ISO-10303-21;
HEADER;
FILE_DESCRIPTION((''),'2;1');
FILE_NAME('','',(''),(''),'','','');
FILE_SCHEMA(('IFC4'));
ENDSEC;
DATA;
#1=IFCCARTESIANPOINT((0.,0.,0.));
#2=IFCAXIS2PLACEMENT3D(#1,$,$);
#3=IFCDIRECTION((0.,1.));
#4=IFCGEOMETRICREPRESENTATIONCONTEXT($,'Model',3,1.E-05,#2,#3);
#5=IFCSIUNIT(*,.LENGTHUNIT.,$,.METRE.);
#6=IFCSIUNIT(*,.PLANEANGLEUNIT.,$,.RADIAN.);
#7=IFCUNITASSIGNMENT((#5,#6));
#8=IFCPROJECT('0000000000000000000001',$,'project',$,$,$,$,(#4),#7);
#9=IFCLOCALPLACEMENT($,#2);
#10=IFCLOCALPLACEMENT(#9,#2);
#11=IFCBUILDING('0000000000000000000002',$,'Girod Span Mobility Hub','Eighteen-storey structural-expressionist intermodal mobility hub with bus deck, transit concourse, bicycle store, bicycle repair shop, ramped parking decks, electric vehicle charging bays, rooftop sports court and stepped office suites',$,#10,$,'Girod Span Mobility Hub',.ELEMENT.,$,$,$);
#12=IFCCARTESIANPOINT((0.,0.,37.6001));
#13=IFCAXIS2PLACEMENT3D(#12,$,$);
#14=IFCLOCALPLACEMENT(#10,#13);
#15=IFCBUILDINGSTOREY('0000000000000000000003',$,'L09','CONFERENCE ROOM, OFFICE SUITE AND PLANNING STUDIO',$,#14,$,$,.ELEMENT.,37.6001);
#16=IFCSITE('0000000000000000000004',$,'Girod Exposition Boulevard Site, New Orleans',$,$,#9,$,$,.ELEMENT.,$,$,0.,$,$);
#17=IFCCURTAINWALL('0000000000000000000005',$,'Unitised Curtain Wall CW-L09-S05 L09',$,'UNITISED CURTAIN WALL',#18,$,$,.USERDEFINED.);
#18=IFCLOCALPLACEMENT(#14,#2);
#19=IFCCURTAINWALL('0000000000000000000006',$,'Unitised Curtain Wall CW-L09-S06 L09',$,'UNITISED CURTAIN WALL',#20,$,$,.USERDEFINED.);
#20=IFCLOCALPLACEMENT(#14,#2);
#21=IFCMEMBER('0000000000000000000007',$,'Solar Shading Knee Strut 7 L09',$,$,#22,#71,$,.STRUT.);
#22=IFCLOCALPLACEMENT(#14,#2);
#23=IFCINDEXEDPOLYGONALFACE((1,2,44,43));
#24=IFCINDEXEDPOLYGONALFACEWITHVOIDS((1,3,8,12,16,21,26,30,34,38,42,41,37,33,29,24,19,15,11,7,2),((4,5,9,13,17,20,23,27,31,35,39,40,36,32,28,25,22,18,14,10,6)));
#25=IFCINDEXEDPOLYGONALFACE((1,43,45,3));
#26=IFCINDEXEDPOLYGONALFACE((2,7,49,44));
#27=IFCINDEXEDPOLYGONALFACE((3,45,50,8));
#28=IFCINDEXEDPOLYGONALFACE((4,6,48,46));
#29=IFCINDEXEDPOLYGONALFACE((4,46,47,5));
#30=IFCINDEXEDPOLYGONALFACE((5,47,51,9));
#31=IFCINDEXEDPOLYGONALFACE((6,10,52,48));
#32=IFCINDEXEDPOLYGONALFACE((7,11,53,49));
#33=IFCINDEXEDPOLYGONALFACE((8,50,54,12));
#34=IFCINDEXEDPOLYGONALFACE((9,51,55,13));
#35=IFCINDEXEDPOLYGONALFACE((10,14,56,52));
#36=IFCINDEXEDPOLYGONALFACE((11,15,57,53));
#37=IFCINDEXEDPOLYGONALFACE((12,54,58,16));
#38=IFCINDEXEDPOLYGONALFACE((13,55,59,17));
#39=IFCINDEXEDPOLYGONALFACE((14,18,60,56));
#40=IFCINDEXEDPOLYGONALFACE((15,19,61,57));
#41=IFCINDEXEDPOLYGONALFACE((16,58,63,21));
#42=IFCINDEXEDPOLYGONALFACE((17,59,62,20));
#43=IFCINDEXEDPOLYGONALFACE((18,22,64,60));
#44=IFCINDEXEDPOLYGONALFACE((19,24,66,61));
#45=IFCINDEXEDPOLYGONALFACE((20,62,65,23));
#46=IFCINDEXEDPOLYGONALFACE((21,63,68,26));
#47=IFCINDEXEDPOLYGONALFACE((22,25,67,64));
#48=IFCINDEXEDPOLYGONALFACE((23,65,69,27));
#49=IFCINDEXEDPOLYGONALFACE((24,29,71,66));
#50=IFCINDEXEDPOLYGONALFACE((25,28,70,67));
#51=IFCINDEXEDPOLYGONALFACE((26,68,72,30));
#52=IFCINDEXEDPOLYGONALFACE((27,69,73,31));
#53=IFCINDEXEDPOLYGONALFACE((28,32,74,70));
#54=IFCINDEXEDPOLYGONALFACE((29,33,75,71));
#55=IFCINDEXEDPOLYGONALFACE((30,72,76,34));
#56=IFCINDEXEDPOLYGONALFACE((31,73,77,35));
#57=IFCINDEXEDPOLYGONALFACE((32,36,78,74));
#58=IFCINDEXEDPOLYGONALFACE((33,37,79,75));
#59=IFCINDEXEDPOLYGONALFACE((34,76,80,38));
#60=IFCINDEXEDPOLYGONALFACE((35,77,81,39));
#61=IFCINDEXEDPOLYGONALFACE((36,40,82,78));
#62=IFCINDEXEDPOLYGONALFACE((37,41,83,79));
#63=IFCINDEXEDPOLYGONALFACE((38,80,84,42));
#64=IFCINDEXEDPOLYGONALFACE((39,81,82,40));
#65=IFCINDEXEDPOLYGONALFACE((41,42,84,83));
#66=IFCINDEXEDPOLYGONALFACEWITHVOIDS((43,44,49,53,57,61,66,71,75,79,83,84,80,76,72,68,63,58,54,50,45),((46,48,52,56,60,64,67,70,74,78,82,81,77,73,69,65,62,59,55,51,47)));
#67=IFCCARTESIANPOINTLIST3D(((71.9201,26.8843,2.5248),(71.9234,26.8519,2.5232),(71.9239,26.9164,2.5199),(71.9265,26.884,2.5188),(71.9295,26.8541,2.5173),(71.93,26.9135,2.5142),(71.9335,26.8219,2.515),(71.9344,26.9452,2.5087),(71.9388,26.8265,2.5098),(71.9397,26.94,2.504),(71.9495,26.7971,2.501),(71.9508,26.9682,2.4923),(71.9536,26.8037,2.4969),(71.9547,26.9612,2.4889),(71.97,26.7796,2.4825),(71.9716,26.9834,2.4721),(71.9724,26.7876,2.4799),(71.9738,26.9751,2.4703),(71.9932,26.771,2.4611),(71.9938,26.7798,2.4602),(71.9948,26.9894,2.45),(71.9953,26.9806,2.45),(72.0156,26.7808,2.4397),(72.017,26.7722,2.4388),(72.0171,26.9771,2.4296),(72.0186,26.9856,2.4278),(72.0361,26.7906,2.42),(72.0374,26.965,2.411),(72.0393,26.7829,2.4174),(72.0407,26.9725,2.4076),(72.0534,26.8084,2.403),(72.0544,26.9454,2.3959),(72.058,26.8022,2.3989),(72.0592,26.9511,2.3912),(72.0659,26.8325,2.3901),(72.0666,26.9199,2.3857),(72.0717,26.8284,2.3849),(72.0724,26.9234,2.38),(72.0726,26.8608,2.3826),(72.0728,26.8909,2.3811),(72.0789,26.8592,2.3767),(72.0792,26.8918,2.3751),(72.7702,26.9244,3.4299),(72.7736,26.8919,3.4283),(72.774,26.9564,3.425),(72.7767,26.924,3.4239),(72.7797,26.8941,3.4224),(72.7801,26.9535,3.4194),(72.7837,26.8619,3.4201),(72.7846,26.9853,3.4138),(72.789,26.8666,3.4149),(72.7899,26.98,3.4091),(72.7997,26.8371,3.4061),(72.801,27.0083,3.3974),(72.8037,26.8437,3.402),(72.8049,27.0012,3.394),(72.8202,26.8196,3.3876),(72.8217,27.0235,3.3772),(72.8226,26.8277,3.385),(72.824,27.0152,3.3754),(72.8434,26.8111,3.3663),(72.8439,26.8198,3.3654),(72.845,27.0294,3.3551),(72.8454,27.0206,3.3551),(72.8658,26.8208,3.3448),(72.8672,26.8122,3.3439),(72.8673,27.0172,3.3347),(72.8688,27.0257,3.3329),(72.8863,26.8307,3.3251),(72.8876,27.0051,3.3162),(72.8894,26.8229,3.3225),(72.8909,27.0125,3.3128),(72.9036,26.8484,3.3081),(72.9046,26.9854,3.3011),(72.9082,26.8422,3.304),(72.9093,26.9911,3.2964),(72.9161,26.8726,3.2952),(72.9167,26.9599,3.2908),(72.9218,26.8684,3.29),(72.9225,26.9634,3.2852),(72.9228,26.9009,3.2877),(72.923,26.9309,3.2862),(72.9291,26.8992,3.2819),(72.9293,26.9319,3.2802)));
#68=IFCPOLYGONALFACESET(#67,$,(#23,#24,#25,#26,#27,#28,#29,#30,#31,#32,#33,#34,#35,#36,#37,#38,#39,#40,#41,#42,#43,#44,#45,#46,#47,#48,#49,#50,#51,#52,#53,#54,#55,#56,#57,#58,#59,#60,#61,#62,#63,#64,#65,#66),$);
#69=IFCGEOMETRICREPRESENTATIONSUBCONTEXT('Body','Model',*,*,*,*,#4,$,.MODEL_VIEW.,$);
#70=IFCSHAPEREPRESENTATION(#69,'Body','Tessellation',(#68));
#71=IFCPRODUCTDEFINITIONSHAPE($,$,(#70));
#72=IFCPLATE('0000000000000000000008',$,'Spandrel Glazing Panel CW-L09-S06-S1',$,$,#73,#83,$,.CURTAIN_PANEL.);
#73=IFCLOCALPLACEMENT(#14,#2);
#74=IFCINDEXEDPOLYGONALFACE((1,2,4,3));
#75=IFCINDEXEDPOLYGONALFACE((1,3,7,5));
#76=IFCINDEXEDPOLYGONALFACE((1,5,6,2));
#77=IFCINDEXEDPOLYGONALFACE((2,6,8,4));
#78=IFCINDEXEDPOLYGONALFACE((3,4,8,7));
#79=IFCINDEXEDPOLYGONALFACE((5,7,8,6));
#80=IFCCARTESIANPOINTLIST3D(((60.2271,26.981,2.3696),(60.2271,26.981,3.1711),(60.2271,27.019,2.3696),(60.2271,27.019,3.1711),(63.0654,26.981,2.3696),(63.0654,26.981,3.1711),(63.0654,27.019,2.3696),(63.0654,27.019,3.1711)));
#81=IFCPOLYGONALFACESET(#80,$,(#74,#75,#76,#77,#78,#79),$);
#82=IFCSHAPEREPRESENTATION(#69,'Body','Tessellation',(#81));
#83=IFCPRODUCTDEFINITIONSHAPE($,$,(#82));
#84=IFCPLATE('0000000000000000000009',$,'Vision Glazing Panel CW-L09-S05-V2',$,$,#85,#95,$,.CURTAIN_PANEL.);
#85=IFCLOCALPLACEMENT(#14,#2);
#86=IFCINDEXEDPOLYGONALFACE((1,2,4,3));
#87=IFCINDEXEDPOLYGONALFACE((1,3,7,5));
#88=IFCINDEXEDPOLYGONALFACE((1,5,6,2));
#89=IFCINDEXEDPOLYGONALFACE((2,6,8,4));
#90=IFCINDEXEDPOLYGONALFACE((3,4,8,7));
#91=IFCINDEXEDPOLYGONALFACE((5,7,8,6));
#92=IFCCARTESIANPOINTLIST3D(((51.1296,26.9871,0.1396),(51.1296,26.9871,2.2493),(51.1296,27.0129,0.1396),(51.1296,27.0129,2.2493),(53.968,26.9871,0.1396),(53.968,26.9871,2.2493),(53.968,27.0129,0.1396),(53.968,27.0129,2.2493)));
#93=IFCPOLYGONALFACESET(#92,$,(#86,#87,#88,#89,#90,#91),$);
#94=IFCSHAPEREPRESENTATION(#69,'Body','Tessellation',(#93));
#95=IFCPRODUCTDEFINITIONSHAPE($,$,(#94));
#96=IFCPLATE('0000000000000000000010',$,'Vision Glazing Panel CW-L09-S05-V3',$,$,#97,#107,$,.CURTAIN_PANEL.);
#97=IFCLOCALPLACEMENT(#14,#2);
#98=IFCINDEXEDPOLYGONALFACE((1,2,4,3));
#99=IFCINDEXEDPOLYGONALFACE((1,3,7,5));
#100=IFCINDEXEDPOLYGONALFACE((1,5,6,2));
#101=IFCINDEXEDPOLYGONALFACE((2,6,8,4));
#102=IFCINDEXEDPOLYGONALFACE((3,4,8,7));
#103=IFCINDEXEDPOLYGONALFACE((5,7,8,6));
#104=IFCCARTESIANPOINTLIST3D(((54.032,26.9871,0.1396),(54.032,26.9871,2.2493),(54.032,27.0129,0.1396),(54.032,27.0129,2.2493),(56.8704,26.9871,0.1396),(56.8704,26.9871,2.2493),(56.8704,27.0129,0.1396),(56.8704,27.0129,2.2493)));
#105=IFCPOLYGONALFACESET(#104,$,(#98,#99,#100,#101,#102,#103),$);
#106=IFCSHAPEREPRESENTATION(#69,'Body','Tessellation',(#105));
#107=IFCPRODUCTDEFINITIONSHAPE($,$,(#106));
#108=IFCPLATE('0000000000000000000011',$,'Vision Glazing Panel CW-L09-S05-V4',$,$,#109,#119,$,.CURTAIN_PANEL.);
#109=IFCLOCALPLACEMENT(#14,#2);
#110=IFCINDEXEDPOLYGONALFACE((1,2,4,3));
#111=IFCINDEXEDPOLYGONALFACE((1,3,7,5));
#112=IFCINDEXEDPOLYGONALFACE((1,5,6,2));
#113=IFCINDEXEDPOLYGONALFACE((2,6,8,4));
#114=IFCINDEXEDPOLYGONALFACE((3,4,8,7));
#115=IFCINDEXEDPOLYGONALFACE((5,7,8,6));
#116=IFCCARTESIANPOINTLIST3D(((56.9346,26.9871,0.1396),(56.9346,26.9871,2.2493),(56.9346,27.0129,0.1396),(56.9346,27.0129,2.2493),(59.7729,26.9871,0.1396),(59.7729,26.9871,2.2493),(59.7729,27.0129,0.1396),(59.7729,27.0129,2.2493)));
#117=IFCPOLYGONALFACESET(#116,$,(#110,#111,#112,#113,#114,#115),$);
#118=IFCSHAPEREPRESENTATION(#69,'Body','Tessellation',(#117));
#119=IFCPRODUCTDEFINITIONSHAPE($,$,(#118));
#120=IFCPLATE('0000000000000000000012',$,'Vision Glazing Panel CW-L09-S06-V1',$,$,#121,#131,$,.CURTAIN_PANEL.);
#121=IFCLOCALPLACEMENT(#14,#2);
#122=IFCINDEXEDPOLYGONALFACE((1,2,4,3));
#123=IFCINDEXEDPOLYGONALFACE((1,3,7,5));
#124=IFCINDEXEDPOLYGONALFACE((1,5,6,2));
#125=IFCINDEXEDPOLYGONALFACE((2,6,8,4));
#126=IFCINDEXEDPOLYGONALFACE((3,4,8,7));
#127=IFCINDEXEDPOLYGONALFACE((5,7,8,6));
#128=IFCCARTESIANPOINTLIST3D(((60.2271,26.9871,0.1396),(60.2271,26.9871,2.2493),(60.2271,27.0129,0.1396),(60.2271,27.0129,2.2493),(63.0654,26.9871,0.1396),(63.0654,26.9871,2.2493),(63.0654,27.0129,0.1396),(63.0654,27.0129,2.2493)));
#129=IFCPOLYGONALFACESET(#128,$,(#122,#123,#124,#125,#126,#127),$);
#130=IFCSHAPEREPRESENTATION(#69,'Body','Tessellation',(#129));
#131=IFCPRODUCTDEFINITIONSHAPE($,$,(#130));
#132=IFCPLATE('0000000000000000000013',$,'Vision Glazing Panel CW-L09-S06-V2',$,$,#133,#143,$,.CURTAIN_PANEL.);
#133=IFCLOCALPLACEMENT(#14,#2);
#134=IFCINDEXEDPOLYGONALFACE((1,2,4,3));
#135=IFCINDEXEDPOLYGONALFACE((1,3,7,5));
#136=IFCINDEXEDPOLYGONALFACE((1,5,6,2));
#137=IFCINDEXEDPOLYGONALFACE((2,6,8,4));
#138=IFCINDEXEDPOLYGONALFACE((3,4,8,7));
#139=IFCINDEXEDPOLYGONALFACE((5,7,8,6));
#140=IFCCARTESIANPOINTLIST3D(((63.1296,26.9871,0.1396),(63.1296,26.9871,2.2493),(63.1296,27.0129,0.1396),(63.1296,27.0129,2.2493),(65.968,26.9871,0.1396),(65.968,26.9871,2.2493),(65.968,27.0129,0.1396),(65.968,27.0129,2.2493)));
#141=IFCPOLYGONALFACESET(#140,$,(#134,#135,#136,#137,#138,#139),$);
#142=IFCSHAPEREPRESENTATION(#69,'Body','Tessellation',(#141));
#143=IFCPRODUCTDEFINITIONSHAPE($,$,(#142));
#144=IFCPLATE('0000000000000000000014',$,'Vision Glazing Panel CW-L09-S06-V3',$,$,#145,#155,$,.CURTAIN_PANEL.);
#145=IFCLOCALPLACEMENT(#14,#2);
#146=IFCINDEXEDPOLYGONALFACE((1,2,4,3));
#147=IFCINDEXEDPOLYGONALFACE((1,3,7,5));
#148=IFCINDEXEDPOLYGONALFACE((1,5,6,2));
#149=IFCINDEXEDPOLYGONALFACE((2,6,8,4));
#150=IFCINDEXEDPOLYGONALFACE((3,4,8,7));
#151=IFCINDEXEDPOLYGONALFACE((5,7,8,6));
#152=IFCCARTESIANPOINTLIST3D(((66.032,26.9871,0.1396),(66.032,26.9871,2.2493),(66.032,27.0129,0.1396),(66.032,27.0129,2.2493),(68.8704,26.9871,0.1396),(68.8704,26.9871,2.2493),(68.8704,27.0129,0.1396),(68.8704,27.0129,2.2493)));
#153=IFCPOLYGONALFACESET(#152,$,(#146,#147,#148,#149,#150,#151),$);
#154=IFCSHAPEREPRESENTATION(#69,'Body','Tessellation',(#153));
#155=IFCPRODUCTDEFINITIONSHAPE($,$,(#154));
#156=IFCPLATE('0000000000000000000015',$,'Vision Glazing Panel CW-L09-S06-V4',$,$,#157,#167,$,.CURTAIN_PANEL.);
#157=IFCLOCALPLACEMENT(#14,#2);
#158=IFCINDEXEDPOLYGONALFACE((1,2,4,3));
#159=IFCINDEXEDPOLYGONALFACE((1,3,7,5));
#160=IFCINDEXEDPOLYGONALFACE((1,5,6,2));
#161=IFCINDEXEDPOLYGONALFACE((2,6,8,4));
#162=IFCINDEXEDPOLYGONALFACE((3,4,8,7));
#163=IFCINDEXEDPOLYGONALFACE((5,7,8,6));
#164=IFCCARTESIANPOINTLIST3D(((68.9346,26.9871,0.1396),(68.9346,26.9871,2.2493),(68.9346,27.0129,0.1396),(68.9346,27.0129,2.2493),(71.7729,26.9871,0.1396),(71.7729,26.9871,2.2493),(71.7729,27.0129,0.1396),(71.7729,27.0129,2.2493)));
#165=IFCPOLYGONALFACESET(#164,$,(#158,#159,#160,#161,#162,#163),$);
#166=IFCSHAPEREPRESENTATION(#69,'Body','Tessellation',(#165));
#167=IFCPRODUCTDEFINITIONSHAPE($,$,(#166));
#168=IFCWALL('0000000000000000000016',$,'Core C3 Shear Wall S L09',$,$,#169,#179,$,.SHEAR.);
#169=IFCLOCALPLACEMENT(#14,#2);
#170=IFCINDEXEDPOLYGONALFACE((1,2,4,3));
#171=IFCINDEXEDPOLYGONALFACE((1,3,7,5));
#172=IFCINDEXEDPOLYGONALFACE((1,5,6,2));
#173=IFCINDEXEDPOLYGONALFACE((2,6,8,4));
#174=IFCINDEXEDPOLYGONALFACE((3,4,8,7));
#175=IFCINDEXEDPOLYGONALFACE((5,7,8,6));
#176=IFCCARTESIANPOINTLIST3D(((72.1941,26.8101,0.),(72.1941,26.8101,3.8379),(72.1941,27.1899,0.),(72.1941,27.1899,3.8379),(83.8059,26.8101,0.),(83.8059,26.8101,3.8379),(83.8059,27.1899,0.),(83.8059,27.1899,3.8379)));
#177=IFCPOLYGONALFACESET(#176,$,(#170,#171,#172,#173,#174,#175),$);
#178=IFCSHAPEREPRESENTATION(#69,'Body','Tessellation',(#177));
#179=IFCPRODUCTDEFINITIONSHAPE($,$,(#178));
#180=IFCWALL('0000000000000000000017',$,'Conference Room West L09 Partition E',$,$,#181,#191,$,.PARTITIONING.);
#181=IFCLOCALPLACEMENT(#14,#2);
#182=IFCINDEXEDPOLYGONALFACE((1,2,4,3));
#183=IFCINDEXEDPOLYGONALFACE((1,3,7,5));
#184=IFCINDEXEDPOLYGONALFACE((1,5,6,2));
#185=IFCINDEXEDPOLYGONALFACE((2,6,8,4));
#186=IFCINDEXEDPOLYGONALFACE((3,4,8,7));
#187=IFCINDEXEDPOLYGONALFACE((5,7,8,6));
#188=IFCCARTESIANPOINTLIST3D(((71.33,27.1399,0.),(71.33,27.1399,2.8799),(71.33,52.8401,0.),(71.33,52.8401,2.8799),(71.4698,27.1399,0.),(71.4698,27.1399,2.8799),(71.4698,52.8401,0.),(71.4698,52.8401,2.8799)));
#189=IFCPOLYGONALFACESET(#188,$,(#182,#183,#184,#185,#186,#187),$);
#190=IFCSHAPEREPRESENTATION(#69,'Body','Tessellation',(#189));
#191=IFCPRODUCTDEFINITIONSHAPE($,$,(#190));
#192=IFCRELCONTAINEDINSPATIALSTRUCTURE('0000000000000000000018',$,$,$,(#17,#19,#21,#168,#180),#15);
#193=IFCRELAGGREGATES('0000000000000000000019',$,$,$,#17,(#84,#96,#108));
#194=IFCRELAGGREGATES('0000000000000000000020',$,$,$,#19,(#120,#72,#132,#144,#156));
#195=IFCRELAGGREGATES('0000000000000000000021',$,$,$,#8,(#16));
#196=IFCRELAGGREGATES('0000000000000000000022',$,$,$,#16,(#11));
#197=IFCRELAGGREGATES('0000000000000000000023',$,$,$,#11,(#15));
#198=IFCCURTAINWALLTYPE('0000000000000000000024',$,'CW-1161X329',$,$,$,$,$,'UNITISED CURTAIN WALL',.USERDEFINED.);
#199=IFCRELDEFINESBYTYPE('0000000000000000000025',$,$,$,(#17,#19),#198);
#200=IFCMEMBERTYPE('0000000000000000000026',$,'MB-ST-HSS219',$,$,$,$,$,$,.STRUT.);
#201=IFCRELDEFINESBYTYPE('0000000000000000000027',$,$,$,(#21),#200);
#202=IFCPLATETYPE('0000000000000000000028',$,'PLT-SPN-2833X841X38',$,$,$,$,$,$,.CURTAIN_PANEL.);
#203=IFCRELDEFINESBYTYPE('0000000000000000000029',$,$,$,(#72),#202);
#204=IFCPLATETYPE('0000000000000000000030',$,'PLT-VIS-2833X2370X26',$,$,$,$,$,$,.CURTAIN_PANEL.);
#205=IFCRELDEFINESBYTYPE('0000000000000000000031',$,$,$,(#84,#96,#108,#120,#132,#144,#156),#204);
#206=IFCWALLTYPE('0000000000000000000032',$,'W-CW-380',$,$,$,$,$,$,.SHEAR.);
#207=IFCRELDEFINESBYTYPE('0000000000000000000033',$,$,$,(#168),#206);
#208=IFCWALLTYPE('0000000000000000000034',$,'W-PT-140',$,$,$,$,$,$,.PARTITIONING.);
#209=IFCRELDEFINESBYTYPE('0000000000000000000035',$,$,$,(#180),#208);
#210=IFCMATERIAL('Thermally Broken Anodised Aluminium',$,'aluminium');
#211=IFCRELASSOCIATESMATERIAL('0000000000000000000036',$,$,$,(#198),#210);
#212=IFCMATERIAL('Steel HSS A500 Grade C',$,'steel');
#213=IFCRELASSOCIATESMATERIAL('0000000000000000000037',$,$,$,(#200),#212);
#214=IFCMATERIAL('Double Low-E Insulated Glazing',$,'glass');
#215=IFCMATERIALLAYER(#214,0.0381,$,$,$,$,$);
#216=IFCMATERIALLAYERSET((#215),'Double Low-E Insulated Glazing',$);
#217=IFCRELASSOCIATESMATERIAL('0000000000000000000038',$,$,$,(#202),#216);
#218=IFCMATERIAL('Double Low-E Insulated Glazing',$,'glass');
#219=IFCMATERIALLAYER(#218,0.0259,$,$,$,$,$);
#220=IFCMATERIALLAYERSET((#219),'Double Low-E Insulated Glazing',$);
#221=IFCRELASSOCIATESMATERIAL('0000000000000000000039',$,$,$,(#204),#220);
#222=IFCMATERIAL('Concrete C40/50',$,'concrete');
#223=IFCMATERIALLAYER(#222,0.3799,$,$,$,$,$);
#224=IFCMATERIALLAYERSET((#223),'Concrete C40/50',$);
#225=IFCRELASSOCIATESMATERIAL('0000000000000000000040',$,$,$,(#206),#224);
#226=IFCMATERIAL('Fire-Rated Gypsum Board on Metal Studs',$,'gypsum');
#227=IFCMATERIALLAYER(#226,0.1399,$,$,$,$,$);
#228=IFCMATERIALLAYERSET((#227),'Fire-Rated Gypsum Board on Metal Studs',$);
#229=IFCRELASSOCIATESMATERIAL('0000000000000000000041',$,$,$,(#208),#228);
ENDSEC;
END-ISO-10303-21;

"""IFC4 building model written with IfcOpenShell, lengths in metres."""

from ifc_helpers import new_model, si_unit, direction, frame, frame_2d, origin, origin_2d, place, context, subcontext, project, spatial, rectangle, hollow_circle, extrude, material, layer, layer_set, material_profile, profile_set, type_object, element, aggregate, save


model = new_model("IFC4")

# Units and contexts
model_context = context("Model", 3, precision=1e-05, world=origin(), true_north=direction((0.0, 1.0)))
body_context = subcontext(model_context, "Body", "Model", "MODEL_VIEW")
ifc_project = project(units=[si_unit("LENGTHUNIT", "METRE"), si_unit("PLANEANGLEUNIT", "RADIAN")], contexts=[model_context])

# Site, building, storey
site_placement = place(None, origin())
site = spatial("IfcSite", under=ifc_project, at=site_placement, Name="Girod Exposition Boulevard Site, New Orleans", CompositionType="ELEMENT", RefElevation=0.0)
building_placement = place(site_placement, origin())
building = spatial("IfcBuilding", under=site, at=building_placement, Name="Girod Span Mobility Hub", Description="Eighteen-storey structural-expressionist intermodal mobility hub with bus deck, transit concourse, bicycle store, bicycle repair shop, ramped parking decks, electric vehicle charging bays, rooftop sports court and stepped office suites", LongName="Girod Span Mobility Hub", CompositionType="ELEMENT")
storey_placement = place(building_placement, frame((0.0, 0.0, 37.6001)))
storey = spatial("IfcBuildingStorey", under=building, at=storey_placement, Name="L09", Description="CONFERENCE ROOM, OFFICE SUITE AND PLANNING STUDIO", CompositionType="ELEMENT", Elevation=37.6001)

# Curtain walls
ifc_material_1 = material(Name="Thermally Broken Anodised Aluminium", Category="aluminium")
curtain_wall_type = type_object("IfcCurtainWallType", Name="CW-1161X329", ElementType="UNITISED CURTAIN WALL", PredefinedType="USERDEFINED", material=ifc_material_1)
curtain_wall_1_placement = place(storey_placement, origin())
curtain_wall_1 = element("IfcCurtainWall", 1, at=curtain_wall_1_placement, inside=storey, type_object=curtain_wall_type, Name="Unitised Curtain Wall CW-L09-S05 L09", ObjectType="UNITISED CURTAIN WALL", PredefinedType="USERDEFINED")
curtain_wall_2_placement = place(storey_placement, origin())
curtain_wall_2 = element("IfcCurtainWall", 2, at=curtain_wall_2_placement, inside=storey, type_object=curtain_wall_type, Name="Unitised Curtain Wall CW-L09-S06 L09", ObjectType="UNITISED CURTAIN WALL", PredefinedType="USERDEFINED")

# Member
ifc_material_2 = material(Name="Steel HSS A500 Grade C", Category="steel")
ifc_material_profile_1 = material_profile(ifc_material_2, hollow_circle(Radius=0.1096, WallThickness=0.0088, at=origin_2d()), Name="HSS219X9.5")
ifc_profile_set_1 = profile_set([ifc_material_profile_1], Name="Steel HSS A500 Grade C")
member_type_1 = type_object("IfcMemberType", Name="MB-ST-HSS219", PredefinedType="STRUT", material=ifc_profile_set_1)
for number, where, z_axis, x_axis, name in (
    (3, (72.0, 26.8799, 2.45), (0.684285, 0.032229, 0.728502), (-0.047047, 0.998893, 0.0), "Solar Shading Knee Strut 7 L09"),
):
    element("IfcMember", number, at=place(storey_placement, frame(where, z_axis=z_axis, x_axis=x_axis)), inside=storey, type_object=member_type_1, Name=name, PredefinedType="STRUT", context=body_context, shape_type="SweptSolid", body=[
        extrude(hollow_circle(Radius=0.1096, WallThickness=0.0088, at=origin_2d()), origin(), (0.0, 0.0, 1.0), 1.2424),
    ])

# Plates
ifc_material_3 = material(Name="Double Low-E Insulated Glazing", Category="glass")
ifc_layer_1 = layer(ifc_material_3, 0.0381)
ifc_layer_set_1 = layer_set([ifc_layer_1], Name="Double Low-E Insulated Glazing")
plate_type_1 = type_object("IfcPlateType", Name="PLT-SPN-2833X841X38", PredefinedType="CURTAIN_PANEL", material=ifc_layer_set_1)
plate_1_placement = place(storey_placement, frame((61.6462, 27.0, 2.3696), z_axis=(0.0, 0.0, 1.0), x_axis=(1.0, 0.0, 0.0)))
plate_1 = element("IfcPlate", 4, at=plate_1_placement, type_object=plate_type_1, Name="Spandrel Glazing Panel CW-L09-S06-S1", PredefinedType="CURTAIN_PANEL", context=body_context, shape_type="SweptSolid", body=[
    extrude(rectangle(XDim=2.8384, YDim=0.0381, at=origin_2d()), origin(), (0.0, 0.0, 1.0), 0.8015),
])
ifc_material_4 = material(Name="Double Low-E Insulated Glazing", Category="glass")
ifc_layer_2 = layer(ifc_material_4, 0.0259)
ifc_layer_set_2 = layer_set([ifc_layer_2], Name="Double Low-E Insulated Glazing")
plate_type_2 = type_object("IfcPlateType", Name="PLT-VIS-2833X2370X26", PredefinedType="CURTAIN_PANEL", material=ifc_layer_set_2)
plate_2_placement = place(storey_placement, frame((52.5488, 27.0, 0.1396), z_axis=(0.0, 0.0, 1.0), x_axis=(1.0, 0.0, 0.0)))
plate_2 = element("IfcPlate", 5, at=plate_2_placement, type_object=plate_type_2, Name="Vision Glazing Panel CW-L09-S05-V2", PredefinedType="CURTAIN_PANEL", context=body_context, shape_type="SweptSolid", body=[
    extrude(rectangle(XDim=2.8384, YDim=0.0259, at=origin_2d()), origin(), (0.0, 0.0, 1.0), 2.1096),
])
plate_3_placement = place(storey_placement, frame((55.4512, 27.0, 0.1396), z_axis=(0.0, 0.0, 1.0), x_axis=(1.0, 0.0, 0.0)))
plate_3 = element("IfcPlate", 6, at=plate_3_placement, type_object=plate_type_2, Name="Vision Glazing Panel CW-L09-S05-V3", PredefinedType="CURTAIN_PANEL", context=body_context, shape_type="SweptSolid", body=[
    extrude(rectangle(XDim=2.8384, YDim=0.0259, at=origin_2d()), origin(), (0.0, 0.0, 1.0), 2.1096),
])
plate_4_placement = place(storey_placement, frame((58.3538, 27.0, 0.1396), z_axis=(0.0, 0.0, 1.0), x_axis=(1.0, 0.0, 0.0)))
plate_4 = element("IfcPlate", 7, at=plate_4_placement, type_object=plate_type_2, Name="Vision Glazing Panel CW-L09-S05-V4", PredefinedType="CURTAIN_PANEL", context=body_context, shape_type="SweptSolid", body=[
    extrude(rectangle(XDim=2.8384, YDim=0.0259, at=origin_2d()), origin(), (0.0, 0.0, 1.0), 2.1096),
])
aggregate(curtain_wall_1, [plate_2, plate_3, plate_4])
plate_5_placement = place(storey_placement, frame((61.6462, 27.0, 0.1396), z_axis=(0.0, 0.0, 1.0), x_axis=(1.0, 0.0, 0.0)))
plate_5 = element("IfcPlate", 8, at=plate_5_placement, type_object=plate_type_2, Name="Vision Glazing Panel CW-L09-S06-V1", PredefinedType="CURTAIN_PANEL", context=body_context, shape_type="SweptSolid", body=[
    extrude(rectangle(XDim=2.8384, YDim=0.0259, at=origin_2d()), origin(), (0.0, 0.0, 1.0), 2.1096),
])
plate_6_placement = place(storey_placement, frame((64.5488, 27.0, 0.1396), z_axis=(0.0, 0.0, 1.0), x_axis=(1.0, 0.0, 0.0)))
plate_6 = element("IfcPlate", 9, at=plate_6_placement, type_object=plate_type_2, Name="Vision Glazing Panel CW-L09-S06-V2", PredefinedType="CURTAIN_PANEL", context=body_context, shape_type="SweptSolid", body=[
    extrude(rectangle(XDim=2.8384, YDim=0.0259, at=origin_2d()), origin(), (0.0, 0.0, 1.0), 2.1096),
])
plate_7_placement = place(storey_placement, frame((67.4512, 27.0, 0.1396), z_axis=(0.0, 0.0, 1.0), x_axis=(1.0, 0.0, 0.0)))
plate_7 = element("IfcPlate", 10, at=plate_7_placement, type_object=plate_type_2, Name="Vision Glazing Panel CW-L09-S06-V3", PredefinedType="CURTAIN_PANEL", context=body_context, shape_type="SweptSolid", body=[
    extrude(rectangle(XDim=2.8384, YDim=0.0259, at=origin_2d()), origin(), (0.0, 0.0, 1.0), 2.1096),
])
plate_8_placement = place(storey_placement, frame((70.3538, 27.0, 0.1396), z_axis=(0.0, 0.0, 1.0), x_axis=(1.0, 0.0, 0.0)))
plate_8 = element("IfcPlate", 11, at=plate_8_placement, type_object=plate_type_2, Name="Vision Glazing Panel CW-L09-S06-V4", PredefinedType="CURTAIN_PANEL", context=body_context, shape_type="SweptSolid", body=[
    extrude(rectangle(XDim=2.8384, YDim=0.0259, at=origin_2d()), origin(), (0.0, 0.0, 1.0), 2.1096),
])
aggregate(curtain_wall_2, [plate_5, plate_1, plate_6, plate_7, plate_8])

# Walls
ifc_material_5 = material(Name="Concrete C40/50", Category="concrete")
ifc_layer_3 = layer(ifc_material_5, 0.3799)
ifc_layer_set_3 = layer_set([ifc_layer_3], Name="Concrete C40/50")
wall_type_1 = type_object("IfcWallType", Name="W-CW-380", PredefinedType="SHEAR", material=ifc_layer_set_3)
wall_1_placement = place(storey_placement, frame((72.1941, 27.0, 0.0), z_axis=(0.0, 0.0, 1.0), x_axis=(1.0, 0.0, 0.0)))
element("IfcWall", 12, at=wall_1_placement, inside=storey, type_object=wall_type_1, Name="Core C3 Shear Wall S L09", PredefinedType="SHEAR", context=body_context, shape_type="SweptSolid", body=[
    extrude(rectangle(XDim=11.6118, YDim=0.3799, at=frame_2d((5.8059, 0.0))), origin(), (0.0, 0.0, 1.0), 3.8379),
])
ifc_material_6 = material(Name="Fire-Rated Gypsum Board on Metal Studs", Category="gypsum")
ifc_layer_4 = layer(ifc_material_6, 0.1399)
ifc_layer_set_4 = layer_set([ifc_layer_4], Name="Fire-Rated Gypsum Board on Metal Studs")
wall_type_2 = type_object("IfcWallType", Name="W-PT-140", PredefinedType="PARTITIONING", material=ifc_layer_set_4)
wall_2_placement = place(storey_placement, frame((71.3999, 27.1399, 0.0), z_axis=(0.0, 0.0, 1.0), x_axis=(0.0, 1.0, 0.0)))
element("IfcWall", 13, at=wall_2_placement, inside=storey, type_object=wall_type_2, Name="Conference Room West L09 Partition E", PredefinedType="PARTITIONING", context=body_context, shape_type="SweptSolid", body=[
    extrude(rectangle(XDim=25.7002, YDim=0.1399, at=frame_2d((12.8501, 0.0))), origin(), (0.0, 0.0, 1.0), 2.8799),
])

save(model, "model.ifc")
